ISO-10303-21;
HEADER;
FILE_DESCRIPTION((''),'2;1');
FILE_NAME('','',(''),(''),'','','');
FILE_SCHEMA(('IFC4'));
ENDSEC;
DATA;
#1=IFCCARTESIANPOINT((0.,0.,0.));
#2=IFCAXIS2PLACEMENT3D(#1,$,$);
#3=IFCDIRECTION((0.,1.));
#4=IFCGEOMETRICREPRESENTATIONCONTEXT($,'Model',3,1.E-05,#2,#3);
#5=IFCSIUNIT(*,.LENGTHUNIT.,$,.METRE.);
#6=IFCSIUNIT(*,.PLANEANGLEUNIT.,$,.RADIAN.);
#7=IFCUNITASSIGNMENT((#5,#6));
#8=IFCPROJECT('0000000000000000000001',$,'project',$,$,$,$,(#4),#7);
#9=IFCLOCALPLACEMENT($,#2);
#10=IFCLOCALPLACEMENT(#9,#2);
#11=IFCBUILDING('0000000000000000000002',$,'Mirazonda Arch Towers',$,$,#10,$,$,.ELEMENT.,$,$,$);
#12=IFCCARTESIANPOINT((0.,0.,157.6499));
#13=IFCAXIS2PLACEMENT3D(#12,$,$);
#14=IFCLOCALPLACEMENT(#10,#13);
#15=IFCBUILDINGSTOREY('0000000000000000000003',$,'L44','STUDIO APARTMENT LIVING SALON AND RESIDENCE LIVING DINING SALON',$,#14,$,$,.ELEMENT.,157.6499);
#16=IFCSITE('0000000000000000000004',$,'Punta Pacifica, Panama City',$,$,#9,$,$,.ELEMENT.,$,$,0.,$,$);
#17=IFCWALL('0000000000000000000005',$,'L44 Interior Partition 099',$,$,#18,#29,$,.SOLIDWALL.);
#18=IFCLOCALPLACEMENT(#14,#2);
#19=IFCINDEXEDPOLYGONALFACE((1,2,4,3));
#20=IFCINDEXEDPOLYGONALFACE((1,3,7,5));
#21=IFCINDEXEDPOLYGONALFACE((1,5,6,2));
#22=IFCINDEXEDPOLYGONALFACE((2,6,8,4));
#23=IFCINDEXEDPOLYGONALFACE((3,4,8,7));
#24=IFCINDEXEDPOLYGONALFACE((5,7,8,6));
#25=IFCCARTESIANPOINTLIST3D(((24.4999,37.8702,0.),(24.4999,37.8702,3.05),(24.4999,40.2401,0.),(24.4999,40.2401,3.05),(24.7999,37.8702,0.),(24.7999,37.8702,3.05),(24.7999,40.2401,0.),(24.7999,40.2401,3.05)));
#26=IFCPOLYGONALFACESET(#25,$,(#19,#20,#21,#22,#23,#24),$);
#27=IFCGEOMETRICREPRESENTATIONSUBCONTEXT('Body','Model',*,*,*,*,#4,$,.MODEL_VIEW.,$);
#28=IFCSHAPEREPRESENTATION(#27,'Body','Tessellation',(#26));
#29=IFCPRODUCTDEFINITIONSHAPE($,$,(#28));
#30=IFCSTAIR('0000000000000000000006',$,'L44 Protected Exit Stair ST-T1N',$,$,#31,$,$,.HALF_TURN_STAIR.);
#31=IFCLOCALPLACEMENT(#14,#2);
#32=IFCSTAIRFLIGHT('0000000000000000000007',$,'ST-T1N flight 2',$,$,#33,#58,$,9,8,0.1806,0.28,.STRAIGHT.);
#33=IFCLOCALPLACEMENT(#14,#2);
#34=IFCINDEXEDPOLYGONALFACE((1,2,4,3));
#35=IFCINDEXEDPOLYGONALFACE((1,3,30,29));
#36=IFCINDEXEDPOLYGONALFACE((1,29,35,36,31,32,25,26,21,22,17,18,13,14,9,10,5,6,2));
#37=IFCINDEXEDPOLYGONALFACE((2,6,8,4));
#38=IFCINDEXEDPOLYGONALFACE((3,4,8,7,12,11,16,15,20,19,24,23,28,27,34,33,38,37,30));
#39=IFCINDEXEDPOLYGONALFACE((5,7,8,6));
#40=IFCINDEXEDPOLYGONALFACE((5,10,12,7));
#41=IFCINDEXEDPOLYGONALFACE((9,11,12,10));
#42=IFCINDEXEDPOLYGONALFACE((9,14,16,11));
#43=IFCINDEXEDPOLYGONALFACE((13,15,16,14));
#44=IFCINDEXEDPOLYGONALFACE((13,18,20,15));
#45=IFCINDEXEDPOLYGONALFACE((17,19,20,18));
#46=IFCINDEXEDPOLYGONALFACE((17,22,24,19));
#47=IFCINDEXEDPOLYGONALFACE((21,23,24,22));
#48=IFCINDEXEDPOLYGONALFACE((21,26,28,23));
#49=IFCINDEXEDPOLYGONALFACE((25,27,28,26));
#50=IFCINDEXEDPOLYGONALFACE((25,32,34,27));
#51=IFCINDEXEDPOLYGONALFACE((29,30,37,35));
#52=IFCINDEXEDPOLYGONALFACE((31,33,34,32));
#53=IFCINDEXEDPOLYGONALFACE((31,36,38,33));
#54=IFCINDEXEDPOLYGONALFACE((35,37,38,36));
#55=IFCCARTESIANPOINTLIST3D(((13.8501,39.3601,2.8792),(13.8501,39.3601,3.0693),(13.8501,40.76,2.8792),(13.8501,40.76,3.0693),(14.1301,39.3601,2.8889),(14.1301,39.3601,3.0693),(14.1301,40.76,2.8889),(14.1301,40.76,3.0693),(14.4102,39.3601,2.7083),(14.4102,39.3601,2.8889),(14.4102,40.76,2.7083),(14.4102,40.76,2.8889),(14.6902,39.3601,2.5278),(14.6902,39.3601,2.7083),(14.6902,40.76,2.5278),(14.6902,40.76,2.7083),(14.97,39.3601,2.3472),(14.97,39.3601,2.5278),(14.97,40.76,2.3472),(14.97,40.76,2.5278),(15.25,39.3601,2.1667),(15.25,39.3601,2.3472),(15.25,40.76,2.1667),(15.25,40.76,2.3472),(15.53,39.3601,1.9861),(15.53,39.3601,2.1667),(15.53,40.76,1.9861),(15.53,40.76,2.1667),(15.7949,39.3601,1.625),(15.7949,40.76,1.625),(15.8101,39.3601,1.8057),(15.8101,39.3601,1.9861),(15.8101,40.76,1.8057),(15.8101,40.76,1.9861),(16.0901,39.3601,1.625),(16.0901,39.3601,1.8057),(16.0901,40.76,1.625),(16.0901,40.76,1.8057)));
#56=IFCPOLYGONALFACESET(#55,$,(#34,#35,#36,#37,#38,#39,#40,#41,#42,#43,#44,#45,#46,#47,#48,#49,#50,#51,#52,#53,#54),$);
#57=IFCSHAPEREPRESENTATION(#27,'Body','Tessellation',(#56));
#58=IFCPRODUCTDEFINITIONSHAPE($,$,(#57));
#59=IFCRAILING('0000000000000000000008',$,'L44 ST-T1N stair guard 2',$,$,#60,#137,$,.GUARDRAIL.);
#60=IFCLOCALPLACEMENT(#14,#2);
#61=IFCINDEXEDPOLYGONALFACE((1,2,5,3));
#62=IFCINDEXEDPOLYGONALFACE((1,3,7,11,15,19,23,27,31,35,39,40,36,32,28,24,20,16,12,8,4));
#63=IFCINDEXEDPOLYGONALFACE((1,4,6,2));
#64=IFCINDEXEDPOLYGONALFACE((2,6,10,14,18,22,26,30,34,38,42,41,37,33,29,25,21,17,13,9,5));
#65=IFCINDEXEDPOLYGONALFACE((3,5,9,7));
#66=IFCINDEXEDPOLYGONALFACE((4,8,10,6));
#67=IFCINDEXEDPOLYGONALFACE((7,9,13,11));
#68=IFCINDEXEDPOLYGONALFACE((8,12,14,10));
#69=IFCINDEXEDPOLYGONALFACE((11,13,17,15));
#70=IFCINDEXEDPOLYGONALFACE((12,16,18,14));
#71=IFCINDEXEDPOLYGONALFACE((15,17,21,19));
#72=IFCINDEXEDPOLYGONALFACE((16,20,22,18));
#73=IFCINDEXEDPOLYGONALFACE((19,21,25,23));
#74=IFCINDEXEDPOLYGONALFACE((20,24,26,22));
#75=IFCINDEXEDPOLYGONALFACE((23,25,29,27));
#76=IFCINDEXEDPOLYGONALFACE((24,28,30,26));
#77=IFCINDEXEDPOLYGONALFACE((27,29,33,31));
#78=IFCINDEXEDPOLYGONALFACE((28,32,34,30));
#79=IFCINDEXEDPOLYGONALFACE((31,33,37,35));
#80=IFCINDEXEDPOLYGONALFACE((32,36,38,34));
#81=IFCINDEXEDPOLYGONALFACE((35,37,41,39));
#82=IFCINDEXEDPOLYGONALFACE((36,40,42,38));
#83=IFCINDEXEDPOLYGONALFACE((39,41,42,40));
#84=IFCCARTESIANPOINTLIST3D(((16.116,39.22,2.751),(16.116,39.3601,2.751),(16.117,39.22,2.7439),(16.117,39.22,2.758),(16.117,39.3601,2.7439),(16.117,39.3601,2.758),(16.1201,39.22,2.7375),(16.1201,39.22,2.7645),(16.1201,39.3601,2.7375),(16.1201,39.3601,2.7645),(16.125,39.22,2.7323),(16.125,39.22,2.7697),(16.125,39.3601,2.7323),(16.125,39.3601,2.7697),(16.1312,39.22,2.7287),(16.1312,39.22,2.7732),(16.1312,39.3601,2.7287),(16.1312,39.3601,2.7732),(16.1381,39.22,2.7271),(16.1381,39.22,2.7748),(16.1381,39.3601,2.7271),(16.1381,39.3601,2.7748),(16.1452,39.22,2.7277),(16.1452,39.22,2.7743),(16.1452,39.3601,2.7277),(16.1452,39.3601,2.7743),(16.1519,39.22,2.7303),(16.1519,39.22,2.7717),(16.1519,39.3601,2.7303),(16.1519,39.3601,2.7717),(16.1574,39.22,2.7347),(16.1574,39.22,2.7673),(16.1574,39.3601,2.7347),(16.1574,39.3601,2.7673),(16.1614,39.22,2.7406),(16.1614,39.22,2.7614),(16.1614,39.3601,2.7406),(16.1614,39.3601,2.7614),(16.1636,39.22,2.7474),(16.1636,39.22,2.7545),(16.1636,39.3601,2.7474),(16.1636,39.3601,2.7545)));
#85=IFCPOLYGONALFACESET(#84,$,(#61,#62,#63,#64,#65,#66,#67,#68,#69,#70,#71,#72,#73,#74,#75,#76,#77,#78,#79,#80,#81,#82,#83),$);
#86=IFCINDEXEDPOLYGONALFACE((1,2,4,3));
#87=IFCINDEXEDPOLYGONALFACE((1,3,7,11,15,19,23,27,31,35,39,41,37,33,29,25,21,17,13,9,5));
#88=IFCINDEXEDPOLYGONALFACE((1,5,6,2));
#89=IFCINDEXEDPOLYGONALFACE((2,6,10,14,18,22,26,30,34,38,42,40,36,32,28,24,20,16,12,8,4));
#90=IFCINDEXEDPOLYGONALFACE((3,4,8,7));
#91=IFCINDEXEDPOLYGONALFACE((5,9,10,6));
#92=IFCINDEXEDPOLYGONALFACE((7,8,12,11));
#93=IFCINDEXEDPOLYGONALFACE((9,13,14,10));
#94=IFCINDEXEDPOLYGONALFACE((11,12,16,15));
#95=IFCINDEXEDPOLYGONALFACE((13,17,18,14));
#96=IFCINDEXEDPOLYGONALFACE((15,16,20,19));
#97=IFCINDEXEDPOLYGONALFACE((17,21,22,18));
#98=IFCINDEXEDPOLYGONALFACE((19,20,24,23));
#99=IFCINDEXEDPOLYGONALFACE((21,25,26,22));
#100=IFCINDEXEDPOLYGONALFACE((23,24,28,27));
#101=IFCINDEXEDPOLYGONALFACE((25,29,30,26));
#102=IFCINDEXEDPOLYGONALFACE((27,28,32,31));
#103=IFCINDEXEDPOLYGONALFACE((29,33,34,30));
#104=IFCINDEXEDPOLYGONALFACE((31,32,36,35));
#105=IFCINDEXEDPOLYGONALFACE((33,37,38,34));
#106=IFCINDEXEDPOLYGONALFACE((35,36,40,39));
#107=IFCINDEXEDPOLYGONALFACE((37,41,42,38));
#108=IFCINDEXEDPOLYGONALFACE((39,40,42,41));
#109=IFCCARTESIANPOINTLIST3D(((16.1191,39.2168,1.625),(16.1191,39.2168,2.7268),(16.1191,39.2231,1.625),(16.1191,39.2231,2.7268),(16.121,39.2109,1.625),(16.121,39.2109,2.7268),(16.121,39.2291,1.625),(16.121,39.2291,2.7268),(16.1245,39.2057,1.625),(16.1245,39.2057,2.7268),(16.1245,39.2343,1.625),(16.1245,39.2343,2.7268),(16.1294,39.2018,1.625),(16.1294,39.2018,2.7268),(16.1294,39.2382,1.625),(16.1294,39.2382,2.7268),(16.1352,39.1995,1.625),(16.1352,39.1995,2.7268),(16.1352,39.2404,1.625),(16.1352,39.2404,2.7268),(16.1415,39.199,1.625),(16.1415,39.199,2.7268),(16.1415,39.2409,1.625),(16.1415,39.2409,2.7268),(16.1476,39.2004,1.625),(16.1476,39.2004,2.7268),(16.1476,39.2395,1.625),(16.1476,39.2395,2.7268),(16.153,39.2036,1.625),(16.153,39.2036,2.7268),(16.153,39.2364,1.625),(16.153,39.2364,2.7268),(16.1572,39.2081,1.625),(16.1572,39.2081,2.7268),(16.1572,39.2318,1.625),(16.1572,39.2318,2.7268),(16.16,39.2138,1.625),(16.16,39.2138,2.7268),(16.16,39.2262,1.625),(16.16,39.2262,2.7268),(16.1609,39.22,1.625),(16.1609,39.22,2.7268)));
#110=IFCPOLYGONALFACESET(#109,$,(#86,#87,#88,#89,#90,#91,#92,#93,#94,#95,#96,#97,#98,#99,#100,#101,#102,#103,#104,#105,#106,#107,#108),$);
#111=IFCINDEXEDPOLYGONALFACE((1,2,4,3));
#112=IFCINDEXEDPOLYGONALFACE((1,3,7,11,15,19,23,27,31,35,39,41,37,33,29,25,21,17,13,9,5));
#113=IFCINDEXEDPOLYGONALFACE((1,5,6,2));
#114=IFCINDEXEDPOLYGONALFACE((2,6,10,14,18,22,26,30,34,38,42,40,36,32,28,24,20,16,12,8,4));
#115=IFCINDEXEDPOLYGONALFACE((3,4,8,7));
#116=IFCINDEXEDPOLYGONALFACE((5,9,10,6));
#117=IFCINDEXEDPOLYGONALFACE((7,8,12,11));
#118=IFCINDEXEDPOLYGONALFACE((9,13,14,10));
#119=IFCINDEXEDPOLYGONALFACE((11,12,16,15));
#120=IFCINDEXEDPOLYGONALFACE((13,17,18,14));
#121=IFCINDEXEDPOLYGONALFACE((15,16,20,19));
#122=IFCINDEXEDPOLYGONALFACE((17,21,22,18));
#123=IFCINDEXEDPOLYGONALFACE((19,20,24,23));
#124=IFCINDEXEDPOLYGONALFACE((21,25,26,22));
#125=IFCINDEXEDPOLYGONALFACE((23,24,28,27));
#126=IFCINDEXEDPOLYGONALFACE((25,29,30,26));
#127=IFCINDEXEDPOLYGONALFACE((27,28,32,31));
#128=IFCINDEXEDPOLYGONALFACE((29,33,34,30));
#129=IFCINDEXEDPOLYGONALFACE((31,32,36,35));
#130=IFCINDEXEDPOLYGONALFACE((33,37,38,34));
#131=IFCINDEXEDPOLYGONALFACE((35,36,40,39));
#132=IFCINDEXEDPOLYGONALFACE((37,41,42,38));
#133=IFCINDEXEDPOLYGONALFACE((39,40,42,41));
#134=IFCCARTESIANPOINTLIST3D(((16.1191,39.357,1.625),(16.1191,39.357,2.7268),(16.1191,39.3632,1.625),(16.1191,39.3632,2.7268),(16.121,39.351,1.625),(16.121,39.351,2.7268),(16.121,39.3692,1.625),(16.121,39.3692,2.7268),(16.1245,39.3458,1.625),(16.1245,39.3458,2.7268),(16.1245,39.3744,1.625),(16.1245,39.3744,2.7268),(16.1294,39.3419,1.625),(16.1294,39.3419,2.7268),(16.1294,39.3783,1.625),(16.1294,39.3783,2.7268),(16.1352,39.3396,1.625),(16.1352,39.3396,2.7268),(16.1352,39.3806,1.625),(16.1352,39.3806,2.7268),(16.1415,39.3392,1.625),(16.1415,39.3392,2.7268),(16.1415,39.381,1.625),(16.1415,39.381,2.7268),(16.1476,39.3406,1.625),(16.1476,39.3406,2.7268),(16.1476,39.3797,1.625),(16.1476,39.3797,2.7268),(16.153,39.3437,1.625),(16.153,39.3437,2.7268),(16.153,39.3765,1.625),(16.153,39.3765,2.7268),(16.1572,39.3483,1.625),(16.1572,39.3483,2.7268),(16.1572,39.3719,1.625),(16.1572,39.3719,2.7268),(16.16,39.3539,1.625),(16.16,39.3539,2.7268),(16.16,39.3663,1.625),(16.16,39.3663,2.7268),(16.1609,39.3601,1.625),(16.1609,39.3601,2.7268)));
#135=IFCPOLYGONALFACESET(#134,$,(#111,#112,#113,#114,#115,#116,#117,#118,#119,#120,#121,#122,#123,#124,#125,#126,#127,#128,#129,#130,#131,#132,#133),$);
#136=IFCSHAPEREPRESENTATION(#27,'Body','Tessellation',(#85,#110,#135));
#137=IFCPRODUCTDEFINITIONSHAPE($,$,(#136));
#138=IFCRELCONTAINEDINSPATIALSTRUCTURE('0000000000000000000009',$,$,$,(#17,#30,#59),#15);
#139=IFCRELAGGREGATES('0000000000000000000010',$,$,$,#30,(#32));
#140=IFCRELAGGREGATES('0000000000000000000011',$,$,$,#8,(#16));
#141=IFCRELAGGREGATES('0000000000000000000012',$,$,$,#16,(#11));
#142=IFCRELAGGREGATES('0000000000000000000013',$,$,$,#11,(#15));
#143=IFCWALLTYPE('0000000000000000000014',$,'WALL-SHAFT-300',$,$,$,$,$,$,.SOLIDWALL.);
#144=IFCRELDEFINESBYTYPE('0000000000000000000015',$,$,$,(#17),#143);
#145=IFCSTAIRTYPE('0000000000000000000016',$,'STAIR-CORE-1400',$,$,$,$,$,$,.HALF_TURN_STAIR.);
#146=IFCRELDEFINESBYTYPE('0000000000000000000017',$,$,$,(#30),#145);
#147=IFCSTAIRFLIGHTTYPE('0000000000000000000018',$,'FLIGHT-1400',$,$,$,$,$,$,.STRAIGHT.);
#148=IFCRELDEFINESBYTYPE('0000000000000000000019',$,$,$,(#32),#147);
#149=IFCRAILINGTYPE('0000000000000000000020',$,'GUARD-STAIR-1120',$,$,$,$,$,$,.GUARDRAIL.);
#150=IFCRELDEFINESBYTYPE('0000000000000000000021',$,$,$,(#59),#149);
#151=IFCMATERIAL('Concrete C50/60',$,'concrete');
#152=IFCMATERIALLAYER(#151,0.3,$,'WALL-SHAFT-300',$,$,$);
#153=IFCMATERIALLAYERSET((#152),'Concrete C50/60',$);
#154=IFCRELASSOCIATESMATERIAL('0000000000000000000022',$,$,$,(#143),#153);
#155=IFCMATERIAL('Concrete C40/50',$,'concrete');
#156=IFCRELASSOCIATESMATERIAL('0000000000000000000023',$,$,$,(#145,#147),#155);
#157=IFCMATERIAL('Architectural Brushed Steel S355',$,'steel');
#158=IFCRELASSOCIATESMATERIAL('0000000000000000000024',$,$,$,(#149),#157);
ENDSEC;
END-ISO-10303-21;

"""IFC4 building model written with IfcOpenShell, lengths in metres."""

from ifc_helpers import new_model, si_unit, direction, frame, frame_2d, origin, origin_2d, place, context, subcontext, project, spatial, polyline, rectangle, circle, outline, extrude, material, layer, layer_set, type_object, element, aggregate, save


model = new_model("IFC4")

# Units and contexts
model_context = context("Model", 3, precision=1e-05, world=origin(), true_north=direction((0.0, 1.0)))
body_context = subcontext(model_context, "Body", "Model", "MODEL_VIEW")
ifc_project = project(units=[si_unit("LENGTHUNIT", "METRE"), si_unit("PLANEANGLEUNIT", "RADIAN")], contexts=[model_context])

# Site, building, storey
site_placement = place(None, origin())
site = spatial("IfcSite", under=ifc_project, at=site_placement, Name="Punta Pacifica, Panama City", CompositionType="ELEMENT", RefElevation=0.0)
building_placement = place(site_placement, origin())
building = spatial("IfcBuilding", under=site, at=building_placement, Name="Mirazonda Arch Towers", CompositionType="ELEMENT")
storey_placement = place(building_placement, frame((0.0, 0.0, 157.6499)))
storey = spatial("IfcBuildingStorey", under=building, at=storey_placement, Name="L44", Description="STUDIO APARTMENT LIVING SALON AND RESIDENCE LIVING DINING SALON", CompositionType="ELEMENT", Elevation=157.6499)

# Shared definitions
ifc_material_1 = material(Name="Concrete C50/60", Category="concrete")

# Shared definitions
ifc_material_2 = material(Name="Concrete C40/50", Category="concrete")

# Shared definitions
ifc_material_3 = material(Name="Architectural Brushed Steel S355", Category="steel")

# Wall
ifc_layer_1 = layer(ifc_material_1, 0.3, Name="WALL-SHAFT-300")
ifc_layer_set_1 = layer_set([ifc_layer_1], Name="Concrete C50/60")
wall_type_1 = type_object("IfcWallType", Name="WALL-SHAFT-300", PredefinedType="SOLIDWALL", material=ifc_layer_set_1)
wall_1_placement = place(storey_placement, frame((24.6499, 37.8701, 0.0), z_axis=(0.0, 0.0, 1.0), x_axis=(0.0, 1.0, 0.0)))
element("IfcWall", 1, at=wall_1_placement, inside=storey, type_object=wall_type_1, Name="L44 Interior Partition 099", PredefinedType="SOLIDWALL", context=body_context, shape_type="SweptSolid", body=[
    extrude(rectangle(XDim=2.3699, YDim=0.3, at=frame_2d((1.1851, 0.0))), origin(), (0.0, 0.0, 1.0), 3.05),
])

# Stair, stair flight
stair_type = type_object("IfcStairType", Name="STAIR-CORE-1400", PredefinedType="HALF_TURN_STAIR", material=ifc_material_2)
stair_placement = place(storey_placement, origin())
stair = element("IfcStair", 2, at=stair_placement, inside=storey, type_object=stair_type, Name="L44 Protected Exit Stair ST-T1N", PredefinedType="HALF_TURN_STAIR")
stair_flight_type = type_object("IfcStairFlightType", Name="FLIGHT-1400", PredefinedType="STRAIGHT", material=ifc_material_2)
stair_flight_placement = place(storey_placement, frame((16.0901, 40.0601, 1.625), z_axis=(0.0, 0.0, 1.0), x_axis=(-1.0, 0.0, 0.0)))
stair_flight = element("IfcStairFlight", 3, at=stair_flight_placement, type_object=stair_flight_type, Name="ST-T1N flight 2", NumberOfRisers=9, NumberOfTreads=8, PredefinedType="STRAIGHT", RiserHeight=0.1806, TreadLength=0.28, context=body_context, shape_type="SweptSolid", body=[
    extrude(outline(polyline([(0.0, 0.0), (0.0, 0.1807), (0.28, 0.1807), (0.28, 0.3611), (0.5601, 0.3611), (0.5601, 0.5417), (0.8401, 0.5417), (0.8401, 0.7222), (1.1201, 0.7222), (1.1201, 0.9028), (1.3999, 0.9028), (1.3999, 1.0833), (1.6799, 1.0833), (1.6799, 1.2639), (1.96, 1.2639), (1.96, 1.4443), (2.24, 1.4443), (2.24, 1.625), (2.24, 1.2542), (0.2952, 0.0), (0.0, 0.0)])), frame((0.0, 0.7, 0.0), z_axis=(0.0, -1.0, 0.0), x_axis=(1.0, 0.0, 0.0)), (0.0, 0.0, 1.0), 1.3999),
])
aggregate(stair, [stair_flight])

# Railing
railing_type_1 = type_object("IfcRailingType", Name="GUARD-STAIR-1120", PredefinedType="GUARDRAIL", material=ifc_material_3)
railing_1_placement = place(storey_placement, frame((16.1399, 39.22, 1.625)))
element("IfcRailing", 4, at=railing_1_placement, inside=storey, type_object=railing_type_1, Name="L44 ST-T1N stair guard 2", PredefinedType="GUARDRAIL", context=body_context, shape_type="SweptSolid", body=[
    extrude(circle(Radius=0.0239, at=origin_2d()), frame((0.0, 0.0, 1.126), z_axis=(0.0, 1.0, 0.0), x_axis=(-1.0, 0.0, 0.0)), (0.0, 0.0, 1.0), 0.1401),
    extrude(circle(Radius=0.021, at=origin_2d()), origin(), (0.0, 0.0, 1.0), 1.1018),
    extrude(circle(Radius=0.021, at=origin_2d()), frame((0.0, 0.1401, 0.0)), (0.0, 0.0, 1.0), 1.1018),
])

save(model, "model.ifc")
